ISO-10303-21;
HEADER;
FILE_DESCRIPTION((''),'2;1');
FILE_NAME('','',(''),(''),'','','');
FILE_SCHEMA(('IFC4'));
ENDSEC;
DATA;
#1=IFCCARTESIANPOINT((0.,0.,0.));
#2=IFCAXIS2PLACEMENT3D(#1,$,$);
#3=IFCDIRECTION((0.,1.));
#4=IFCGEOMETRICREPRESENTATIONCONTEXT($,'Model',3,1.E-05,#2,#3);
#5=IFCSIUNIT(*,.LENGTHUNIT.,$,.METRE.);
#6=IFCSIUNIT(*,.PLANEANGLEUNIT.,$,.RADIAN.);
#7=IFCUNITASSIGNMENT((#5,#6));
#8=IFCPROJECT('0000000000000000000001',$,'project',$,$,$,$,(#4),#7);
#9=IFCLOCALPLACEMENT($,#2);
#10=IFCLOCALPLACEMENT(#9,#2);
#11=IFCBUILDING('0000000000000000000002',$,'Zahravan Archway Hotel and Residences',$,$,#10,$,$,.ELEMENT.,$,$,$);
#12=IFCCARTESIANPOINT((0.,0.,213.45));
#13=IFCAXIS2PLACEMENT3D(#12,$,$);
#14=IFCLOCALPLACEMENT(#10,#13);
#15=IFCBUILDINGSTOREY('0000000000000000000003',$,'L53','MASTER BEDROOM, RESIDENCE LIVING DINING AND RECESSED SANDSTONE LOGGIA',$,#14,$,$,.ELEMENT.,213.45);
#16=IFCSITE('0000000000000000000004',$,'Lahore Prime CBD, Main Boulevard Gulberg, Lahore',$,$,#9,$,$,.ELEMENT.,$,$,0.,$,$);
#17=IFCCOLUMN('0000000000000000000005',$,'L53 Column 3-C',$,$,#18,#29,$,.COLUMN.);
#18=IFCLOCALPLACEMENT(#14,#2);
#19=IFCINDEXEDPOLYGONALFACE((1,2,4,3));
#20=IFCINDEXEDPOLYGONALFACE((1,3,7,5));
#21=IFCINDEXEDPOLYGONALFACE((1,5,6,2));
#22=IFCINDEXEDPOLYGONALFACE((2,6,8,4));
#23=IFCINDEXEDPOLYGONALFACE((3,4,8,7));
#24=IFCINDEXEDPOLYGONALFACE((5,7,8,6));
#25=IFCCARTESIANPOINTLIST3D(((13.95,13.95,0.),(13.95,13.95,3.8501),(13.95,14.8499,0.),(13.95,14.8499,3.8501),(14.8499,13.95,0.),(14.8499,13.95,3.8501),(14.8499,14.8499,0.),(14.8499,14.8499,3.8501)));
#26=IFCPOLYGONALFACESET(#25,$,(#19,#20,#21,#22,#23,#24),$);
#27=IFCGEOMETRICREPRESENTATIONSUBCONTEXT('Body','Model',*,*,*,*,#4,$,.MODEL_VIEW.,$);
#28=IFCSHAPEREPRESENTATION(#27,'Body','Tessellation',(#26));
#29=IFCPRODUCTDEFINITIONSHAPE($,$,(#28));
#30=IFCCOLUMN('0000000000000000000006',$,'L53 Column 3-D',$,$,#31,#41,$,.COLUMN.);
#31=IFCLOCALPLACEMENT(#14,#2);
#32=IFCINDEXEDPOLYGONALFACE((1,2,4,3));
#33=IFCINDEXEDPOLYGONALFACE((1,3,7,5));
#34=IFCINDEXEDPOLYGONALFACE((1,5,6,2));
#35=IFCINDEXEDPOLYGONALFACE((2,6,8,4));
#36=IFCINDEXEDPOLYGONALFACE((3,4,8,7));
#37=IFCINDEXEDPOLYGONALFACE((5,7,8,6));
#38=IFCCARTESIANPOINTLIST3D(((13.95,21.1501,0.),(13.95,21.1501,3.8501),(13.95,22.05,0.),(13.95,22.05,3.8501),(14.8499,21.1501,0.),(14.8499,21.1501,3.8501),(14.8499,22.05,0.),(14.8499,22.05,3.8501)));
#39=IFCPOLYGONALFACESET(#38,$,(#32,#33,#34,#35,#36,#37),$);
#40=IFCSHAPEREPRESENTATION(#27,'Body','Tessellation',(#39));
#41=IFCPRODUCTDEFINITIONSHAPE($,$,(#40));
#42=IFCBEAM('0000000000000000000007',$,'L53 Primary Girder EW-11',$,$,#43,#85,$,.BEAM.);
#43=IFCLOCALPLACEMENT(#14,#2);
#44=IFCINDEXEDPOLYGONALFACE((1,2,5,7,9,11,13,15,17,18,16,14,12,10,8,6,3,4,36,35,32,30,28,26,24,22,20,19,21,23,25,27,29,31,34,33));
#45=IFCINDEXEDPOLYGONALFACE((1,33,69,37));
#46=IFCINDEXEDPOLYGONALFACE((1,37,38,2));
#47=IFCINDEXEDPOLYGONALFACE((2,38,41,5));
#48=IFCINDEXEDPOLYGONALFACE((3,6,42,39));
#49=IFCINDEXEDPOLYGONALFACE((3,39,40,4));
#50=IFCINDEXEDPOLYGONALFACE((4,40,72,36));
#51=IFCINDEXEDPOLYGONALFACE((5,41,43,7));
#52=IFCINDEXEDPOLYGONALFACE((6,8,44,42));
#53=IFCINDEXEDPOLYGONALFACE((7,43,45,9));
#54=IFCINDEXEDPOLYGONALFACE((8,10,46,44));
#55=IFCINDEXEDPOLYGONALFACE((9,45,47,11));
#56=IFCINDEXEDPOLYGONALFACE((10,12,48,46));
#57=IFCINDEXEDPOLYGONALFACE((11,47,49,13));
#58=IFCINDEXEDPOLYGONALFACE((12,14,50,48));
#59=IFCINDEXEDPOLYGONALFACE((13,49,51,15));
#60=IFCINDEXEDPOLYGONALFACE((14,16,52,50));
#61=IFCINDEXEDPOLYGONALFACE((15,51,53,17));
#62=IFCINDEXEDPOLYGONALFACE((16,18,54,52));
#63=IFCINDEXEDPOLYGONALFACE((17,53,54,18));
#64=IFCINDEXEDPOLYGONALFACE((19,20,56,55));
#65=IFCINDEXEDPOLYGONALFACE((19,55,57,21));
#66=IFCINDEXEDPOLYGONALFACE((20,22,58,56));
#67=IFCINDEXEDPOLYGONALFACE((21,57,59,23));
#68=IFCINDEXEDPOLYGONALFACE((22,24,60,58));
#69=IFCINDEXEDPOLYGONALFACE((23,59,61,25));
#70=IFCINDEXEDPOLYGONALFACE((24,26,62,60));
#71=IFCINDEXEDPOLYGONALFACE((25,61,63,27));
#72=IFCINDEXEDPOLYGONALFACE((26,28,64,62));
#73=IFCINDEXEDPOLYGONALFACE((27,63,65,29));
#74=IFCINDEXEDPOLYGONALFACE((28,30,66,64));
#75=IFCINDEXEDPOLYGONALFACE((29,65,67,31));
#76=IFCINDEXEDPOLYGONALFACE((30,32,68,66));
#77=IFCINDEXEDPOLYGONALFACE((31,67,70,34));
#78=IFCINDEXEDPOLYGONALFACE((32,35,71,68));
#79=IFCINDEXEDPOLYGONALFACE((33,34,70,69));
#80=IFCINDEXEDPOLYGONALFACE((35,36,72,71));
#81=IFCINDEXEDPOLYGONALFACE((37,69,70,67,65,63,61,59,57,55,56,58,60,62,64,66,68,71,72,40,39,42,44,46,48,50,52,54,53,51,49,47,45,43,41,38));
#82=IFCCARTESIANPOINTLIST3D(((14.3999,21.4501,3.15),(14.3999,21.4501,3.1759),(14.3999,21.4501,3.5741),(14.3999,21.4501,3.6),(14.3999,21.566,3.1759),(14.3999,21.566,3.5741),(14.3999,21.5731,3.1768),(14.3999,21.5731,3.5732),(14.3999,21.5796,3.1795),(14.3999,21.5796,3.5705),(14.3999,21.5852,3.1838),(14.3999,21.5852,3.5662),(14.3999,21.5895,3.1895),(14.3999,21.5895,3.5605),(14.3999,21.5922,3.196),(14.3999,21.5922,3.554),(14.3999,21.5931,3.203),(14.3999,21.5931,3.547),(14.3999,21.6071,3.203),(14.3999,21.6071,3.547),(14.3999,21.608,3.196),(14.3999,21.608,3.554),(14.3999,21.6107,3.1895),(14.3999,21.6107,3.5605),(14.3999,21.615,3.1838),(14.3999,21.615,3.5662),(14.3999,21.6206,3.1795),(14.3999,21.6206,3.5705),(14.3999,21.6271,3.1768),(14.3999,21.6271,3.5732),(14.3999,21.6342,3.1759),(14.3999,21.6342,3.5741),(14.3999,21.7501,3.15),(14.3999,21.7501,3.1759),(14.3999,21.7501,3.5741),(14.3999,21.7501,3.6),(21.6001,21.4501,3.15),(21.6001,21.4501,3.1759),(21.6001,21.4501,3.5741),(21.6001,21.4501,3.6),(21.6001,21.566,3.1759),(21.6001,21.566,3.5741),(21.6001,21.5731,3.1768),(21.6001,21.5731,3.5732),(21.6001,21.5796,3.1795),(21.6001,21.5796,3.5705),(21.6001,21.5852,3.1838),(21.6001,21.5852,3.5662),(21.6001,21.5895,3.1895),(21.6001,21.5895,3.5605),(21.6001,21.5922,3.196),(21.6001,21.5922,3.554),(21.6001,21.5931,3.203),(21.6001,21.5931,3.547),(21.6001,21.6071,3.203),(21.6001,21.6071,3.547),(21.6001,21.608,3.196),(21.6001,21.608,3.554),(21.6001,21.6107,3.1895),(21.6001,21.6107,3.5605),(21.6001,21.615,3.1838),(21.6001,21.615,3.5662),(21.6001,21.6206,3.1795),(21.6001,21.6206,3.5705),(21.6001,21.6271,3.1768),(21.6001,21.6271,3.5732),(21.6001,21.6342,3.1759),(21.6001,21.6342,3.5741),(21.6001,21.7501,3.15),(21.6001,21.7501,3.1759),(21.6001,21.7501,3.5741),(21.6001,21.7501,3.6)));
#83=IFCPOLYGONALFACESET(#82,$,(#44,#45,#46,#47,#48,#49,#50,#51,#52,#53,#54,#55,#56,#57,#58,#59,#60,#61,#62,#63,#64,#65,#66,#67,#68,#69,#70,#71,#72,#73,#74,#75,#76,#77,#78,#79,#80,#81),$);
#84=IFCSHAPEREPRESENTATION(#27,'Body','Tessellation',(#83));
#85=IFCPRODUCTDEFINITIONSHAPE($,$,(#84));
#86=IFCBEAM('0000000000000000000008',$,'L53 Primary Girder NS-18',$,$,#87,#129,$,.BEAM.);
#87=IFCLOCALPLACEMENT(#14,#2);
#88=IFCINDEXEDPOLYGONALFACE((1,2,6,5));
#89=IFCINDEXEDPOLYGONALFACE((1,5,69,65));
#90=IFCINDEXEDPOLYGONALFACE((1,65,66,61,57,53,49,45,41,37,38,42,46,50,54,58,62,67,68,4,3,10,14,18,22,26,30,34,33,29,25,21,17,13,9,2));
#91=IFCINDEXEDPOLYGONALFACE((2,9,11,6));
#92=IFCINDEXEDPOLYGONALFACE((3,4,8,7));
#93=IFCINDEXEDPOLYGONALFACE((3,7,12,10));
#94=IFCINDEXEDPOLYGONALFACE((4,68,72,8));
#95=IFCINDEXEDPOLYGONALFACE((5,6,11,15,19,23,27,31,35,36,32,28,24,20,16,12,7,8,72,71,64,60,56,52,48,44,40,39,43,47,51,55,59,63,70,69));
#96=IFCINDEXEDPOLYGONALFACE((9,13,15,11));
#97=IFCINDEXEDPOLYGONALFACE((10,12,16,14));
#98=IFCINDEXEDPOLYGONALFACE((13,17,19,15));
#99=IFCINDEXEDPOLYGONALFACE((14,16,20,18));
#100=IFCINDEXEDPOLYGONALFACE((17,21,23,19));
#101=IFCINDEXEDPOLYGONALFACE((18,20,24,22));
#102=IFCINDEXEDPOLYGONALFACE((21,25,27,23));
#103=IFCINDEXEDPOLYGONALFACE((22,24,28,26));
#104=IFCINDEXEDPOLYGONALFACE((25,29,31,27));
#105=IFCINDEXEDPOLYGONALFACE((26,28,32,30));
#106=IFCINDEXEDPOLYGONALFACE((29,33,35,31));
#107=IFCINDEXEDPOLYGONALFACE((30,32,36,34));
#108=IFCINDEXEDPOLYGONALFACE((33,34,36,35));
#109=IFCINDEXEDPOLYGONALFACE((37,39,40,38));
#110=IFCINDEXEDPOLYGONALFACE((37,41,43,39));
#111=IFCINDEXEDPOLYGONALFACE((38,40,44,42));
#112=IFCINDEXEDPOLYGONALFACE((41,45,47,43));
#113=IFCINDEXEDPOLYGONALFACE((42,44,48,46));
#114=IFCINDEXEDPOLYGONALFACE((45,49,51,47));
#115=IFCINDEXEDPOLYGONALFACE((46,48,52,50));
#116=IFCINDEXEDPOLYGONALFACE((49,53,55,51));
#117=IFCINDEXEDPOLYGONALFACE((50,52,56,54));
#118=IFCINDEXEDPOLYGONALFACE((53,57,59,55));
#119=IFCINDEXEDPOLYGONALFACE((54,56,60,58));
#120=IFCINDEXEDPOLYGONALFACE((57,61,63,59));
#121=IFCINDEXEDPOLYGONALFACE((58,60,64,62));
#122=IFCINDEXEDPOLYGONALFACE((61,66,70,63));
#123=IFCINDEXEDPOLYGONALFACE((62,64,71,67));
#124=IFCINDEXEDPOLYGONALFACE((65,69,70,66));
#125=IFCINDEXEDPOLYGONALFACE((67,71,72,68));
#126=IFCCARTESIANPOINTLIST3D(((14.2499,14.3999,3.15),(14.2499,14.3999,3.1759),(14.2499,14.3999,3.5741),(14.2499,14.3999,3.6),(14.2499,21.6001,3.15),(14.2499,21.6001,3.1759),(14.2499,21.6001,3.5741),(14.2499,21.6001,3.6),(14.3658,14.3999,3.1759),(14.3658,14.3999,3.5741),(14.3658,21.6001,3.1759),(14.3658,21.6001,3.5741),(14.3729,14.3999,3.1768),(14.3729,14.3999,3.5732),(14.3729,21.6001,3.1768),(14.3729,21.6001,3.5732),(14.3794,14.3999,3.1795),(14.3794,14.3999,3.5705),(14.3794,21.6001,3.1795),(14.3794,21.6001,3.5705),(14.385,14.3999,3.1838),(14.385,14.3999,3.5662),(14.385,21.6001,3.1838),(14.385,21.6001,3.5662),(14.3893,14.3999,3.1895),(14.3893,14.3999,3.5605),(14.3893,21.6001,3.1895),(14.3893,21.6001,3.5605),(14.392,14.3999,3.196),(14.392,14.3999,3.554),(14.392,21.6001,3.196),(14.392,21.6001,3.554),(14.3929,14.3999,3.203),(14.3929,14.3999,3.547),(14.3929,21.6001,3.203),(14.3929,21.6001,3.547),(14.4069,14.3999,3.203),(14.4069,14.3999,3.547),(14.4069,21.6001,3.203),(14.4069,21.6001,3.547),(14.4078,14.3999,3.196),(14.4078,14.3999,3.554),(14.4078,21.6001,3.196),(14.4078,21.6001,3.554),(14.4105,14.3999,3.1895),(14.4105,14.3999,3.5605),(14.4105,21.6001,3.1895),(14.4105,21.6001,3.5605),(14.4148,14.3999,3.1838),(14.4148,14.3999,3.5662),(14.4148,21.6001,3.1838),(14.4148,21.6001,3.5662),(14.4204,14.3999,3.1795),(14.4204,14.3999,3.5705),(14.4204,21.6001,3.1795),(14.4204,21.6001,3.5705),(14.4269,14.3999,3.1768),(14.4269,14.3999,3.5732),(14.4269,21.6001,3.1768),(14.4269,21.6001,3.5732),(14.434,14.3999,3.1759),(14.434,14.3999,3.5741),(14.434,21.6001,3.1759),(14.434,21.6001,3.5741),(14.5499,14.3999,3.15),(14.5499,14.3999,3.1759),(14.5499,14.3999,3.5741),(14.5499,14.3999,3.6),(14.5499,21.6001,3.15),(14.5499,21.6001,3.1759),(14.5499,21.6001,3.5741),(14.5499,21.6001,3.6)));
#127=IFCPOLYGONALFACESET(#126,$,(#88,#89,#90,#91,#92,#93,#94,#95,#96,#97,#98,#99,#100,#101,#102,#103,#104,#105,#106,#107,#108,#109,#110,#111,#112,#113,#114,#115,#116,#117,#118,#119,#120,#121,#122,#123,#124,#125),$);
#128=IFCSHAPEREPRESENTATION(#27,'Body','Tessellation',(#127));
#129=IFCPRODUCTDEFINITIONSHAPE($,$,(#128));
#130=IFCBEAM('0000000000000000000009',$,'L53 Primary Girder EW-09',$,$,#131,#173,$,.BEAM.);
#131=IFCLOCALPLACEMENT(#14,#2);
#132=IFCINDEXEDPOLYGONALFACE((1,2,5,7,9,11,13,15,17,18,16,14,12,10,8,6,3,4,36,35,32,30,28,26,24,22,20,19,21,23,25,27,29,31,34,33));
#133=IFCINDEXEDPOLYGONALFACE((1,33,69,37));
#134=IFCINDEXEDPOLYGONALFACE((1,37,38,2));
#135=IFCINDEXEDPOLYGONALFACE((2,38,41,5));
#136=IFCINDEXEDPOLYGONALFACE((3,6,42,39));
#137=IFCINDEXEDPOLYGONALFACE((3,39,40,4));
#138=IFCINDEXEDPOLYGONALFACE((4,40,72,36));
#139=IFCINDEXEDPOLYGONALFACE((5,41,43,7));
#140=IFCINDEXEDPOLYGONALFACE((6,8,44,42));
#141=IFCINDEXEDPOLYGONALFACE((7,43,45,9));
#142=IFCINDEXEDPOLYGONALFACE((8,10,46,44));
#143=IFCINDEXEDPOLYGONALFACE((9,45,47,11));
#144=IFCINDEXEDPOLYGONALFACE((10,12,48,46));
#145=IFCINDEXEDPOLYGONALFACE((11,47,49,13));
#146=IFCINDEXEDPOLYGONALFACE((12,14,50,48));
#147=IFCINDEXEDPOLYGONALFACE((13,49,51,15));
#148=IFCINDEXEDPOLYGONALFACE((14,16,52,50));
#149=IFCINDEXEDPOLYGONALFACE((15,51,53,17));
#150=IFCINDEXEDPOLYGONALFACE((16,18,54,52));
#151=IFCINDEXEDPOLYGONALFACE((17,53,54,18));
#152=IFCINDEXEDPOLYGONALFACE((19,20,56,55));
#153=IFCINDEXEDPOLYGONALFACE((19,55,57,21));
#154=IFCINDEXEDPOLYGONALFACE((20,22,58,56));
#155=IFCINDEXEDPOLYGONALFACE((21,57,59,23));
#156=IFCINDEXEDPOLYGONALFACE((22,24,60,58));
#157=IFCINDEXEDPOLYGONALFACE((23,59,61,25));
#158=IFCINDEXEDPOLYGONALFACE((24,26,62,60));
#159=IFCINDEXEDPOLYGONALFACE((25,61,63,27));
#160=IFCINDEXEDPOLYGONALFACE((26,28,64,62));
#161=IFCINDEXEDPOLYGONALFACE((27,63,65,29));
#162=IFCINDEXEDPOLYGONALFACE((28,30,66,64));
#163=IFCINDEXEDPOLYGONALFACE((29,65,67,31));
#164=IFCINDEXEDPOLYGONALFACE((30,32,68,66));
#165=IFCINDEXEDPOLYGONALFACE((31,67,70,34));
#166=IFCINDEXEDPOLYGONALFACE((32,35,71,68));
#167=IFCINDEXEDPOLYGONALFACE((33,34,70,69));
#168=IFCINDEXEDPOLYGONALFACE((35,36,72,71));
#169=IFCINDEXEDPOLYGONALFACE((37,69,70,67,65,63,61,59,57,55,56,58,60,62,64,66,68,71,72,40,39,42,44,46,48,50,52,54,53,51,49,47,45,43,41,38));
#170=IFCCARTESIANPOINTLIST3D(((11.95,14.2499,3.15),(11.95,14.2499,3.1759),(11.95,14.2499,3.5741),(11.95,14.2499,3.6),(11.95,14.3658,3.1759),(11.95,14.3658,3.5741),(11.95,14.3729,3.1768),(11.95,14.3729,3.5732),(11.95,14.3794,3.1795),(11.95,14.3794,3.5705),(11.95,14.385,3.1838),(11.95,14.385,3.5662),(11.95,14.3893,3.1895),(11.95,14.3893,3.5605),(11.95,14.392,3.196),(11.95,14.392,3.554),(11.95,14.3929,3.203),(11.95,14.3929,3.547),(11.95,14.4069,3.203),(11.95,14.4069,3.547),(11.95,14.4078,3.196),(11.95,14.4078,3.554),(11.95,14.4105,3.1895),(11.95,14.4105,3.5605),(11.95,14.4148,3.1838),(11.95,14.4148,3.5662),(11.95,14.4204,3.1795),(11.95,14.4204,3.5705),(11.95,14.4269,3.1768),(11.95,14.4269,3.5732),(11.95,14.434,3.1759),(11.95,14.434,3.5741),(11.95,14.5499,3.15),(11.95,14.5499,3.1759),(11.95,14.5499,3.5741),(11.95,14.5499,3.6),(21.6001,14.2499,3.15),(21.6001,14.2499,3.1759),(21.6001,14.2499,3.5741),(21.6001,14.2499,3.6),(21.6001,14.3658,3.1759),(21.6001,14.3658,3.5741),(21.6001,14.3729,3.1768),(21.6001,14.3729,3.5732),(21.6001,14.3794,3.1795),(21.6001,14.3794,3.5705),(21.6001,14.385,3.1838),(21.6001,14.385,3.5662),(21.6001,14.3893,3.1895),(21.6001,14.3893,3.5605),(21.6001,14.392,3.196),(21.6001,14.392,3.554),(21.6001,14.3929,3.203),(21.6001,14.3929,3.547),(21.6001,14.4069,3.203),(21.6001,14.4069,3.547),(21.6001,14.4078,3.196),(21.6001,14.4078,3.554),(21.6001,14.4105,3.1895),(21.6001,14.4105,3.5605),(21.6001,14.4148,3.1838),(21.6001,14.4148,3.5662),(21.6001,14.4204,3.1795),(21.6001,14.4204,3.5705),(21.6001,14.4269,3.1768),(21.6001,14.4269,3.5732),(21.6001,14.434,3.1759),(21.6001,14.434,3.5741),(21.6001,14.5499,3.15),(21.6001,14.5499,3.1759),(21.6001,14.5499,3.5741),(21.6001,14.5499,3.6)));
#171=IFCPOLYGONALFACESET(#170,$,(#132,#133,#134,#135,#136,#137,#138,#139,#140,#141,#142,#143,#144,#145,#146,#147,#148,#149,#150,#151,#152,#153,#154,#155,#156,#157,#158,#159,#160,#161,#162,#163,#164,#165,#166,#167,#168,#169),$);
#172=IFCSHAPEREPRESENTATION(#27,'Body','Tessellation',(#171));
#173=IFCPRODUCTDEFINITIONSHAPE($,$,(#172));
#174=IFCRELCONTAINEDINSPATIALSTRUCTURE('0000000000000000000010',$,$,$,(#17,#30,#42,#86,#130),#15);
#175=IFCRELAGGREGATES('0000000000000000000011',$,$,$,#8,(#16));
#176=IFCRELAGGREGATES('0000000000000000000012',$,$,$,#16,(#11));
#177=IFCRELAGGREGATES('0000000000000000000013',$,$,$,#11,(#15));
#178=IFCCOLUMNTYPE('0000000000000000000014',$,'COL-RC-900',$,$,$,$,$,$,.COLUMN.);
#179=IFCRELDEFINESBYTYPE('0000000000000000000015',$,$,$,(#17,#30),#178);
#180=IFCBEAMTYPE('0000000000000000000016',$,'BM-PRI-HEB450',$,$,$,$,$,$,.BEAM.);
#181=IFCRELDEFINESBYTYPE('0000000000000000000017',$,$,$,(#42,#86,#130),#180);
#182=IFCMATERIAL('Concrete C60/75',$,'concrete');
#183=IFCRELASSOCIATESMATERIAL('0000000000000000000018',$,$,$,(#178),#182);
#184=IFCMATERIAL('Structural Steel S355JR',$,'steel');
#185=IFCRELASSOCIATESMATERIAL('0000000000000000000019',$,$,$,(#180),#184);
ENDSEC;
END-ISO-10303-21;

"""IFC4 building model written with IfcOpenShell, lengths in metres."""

from ifc_helpers import new_model, si_unit, direction, frame, origin, origin_2d, place, context, subcontext, project, spatial, rectangle, i_section, extrude, source, transform, mapped, material, material_profile, profile_set, type_object, type_shapes, element, save


model = new_model("IFC4")

# Units and contexts
model_context = context("Model", 3, precision=1e-05, world=origin(), true_north=direction((0.0, 1.0)))
body_context = subcontext(model_context, "Body", "Model", "MODEL_VIEW")
ifc_project = project(units=[si_unit("LENGTHUNIT", "METRE"), si_unit("PLANEANGLEUNIT", "RADIAN")], contexts=[model_context])

# Site, building, storey
site_placement = place(None, origin())
site = spatial("IfcSite", under=ifc_project, at=site_placement, Name="Lahore Prime CBD, Main Boulevard Gulberg, Lahore", CompositionType="ELEMENT", RefElevation=0.0)
building_placement = place(site_placement, origin())
building = spatial("IfcBuilding", under=site, at=building_placement, Name="Zahravan Archway Hotel and Residences", CompositionType="ELEMENT")
storey_placement = place(building_placement, frame((0.0, 0.0, 213.45)))
storey = spatial("IfcBuildingStorey", under=building, at=storey_placement, Name="L53", Description="MASTER BEDROOM, RESIDENCE LIVING DINING AND RECESSED SANDSTONE LOGGIA", CompositionType="ELEMENT", Elevation=213.45)

# Columns
ifc_material_1 = material(Name="Concrete C60/75", Category="concrete")
ifc_material_profile_1 = material_profile(ifc_material_1, rectangle(XDim=0.8999, YDim=0.8999, at=origin_2d()), Name="RC-COL-900x900", Category="concrete")
ifc_profile_set_1 = profile_set([ifc_material_profile_1], Name="Concrete C60/75")
column_type = type_object("IfcColumnType", Name="COL-RC-900", PredefinedType="COLUMN", material=ifc_profile_set_1)
shared_shape_1 = source(origin(), body_context, "Body", "SweptSolid", [
    extrude(rectangle(XDim=0.8999, YDim=0.8999, at=origin_2d()), origin(), (0.0, 0.0, 1.0), 3.8501),
])
type_shapes(column_type, [shared_shape_1])
for number, where, z_axis, x_axis, name in (
    (1, (14.3999, 14.3999, 0.0), (0.0, 0.0, 1.0), (1.0, 0.0, 0.0), "L53 Column 3-C"),
    (2, (14.3999, 21.6001, 0.0), (0.0, 0.0, 1.0), (1.0, 0.0, 0.0), "L53 Column 3-D"),
):
    element("IfcColumn", number, at=place(storey_placement, frame(where, z_axis=z_axis, x_axis=x_axis)), inside=storey, type_object=column_type, Name=name, PredefinedType="COLUMN", context=body_context, shape_type="MappedRepresentation", body=[
        mapped(shared_shape_1, transform((0.0, 0.0, 0.0), scale=1.0)),
    ])

# Beams
ifc_material_2 = material(Name="Structural Steel S355JR", Category="steel")
ifc_material_profile_2 = material_profile(ifc_material_2, i_section(OverallWidth=0.3, OverallDepth=0.45, WebThickness=0.0139, FlangeThickness=0.0259, FilletRadius=0.0271, at=origin_2d()), Name="HEB 450", Category="steel")
ifc_profile_set_2 = profile_set([ifc_material_profile_2], Name="Structural Steel S355JR")
beam_type_1 = type_object("IfcBeamType", Name="BM-PRI-HEB450", PredefinedType="BEAM", material=ifc_profile_set_2)
shared_shape_2 = source(origin(), body_context, "Body", "SweptSolid", [
    extrude(i_section(OverallWidth=0.3, OverallDepth=0.45, WebThickness=0.0139, FlangeThickness=0.0259, FilletRadius=0.0271, at=origin_2d()), origin(), (0.0, 0.0, 1.0), 7.2002),
])
type_shapes(beam_type_1, [shared_shape_2])
for number, where, z_axis, x_axis, name in (
    (3, (14.3999, 21.6001, 3.375), (1.0, 0.0, 0.0), (0.0, 1.0, 0.0), "L53 Primary Girder EW-11"),
    (4, (14.3999, 14.3999, 3.375), (0.0, 1.0, 0.0), (-1.0, 0.0, 0.0), "L53 Primary Girder NS-18"),
):
    element("IfcBeam", number, at=place(storey_placement, frame(where, z_axis=z_axis, x_axis=x_axis)), inside=storey, type_object=beam_type_1, Name=name, PredefinedType="BEAM", context=body_context, shape_type="MappedRepresentation", body=[
        mapped(shared_shape_2, transform((0.0, 0.0, 0.0), scale=1.0)),
    ])
shared_shape_3 = source(origin(), body_context, "Body", "SweptSolid", [
    extrude(i_section(OverallWidth=0.3, OverallDepth=0.45, WebThickness=0.0139, FlangeThickness=0.0259, FilletRadius=0.0271, at=origin_2d()), origin(), (0.0, 0.0, 1.0), 9.6501),
])
beam_1_placement = place(storey_placement, frame((11.95, 14.3999, 3.375), z_axis=(1.0, 0.0, 0.0), x_axis=(0.0, 1.0, 0.0)))
element("IfcBeam", 5, at=beam_1_placement, inside=storey, type_object=beam_type_1, Name="L53 Primary Girder EW-09", PredefinedType="BEAM", context=body_context, shape_type="MappedRepresentation", body=[
    mapped(shared_shape_3, transform((0.0, 0.0, 0.0), scale=1.0)),
])

save(model, "model.ifc")
